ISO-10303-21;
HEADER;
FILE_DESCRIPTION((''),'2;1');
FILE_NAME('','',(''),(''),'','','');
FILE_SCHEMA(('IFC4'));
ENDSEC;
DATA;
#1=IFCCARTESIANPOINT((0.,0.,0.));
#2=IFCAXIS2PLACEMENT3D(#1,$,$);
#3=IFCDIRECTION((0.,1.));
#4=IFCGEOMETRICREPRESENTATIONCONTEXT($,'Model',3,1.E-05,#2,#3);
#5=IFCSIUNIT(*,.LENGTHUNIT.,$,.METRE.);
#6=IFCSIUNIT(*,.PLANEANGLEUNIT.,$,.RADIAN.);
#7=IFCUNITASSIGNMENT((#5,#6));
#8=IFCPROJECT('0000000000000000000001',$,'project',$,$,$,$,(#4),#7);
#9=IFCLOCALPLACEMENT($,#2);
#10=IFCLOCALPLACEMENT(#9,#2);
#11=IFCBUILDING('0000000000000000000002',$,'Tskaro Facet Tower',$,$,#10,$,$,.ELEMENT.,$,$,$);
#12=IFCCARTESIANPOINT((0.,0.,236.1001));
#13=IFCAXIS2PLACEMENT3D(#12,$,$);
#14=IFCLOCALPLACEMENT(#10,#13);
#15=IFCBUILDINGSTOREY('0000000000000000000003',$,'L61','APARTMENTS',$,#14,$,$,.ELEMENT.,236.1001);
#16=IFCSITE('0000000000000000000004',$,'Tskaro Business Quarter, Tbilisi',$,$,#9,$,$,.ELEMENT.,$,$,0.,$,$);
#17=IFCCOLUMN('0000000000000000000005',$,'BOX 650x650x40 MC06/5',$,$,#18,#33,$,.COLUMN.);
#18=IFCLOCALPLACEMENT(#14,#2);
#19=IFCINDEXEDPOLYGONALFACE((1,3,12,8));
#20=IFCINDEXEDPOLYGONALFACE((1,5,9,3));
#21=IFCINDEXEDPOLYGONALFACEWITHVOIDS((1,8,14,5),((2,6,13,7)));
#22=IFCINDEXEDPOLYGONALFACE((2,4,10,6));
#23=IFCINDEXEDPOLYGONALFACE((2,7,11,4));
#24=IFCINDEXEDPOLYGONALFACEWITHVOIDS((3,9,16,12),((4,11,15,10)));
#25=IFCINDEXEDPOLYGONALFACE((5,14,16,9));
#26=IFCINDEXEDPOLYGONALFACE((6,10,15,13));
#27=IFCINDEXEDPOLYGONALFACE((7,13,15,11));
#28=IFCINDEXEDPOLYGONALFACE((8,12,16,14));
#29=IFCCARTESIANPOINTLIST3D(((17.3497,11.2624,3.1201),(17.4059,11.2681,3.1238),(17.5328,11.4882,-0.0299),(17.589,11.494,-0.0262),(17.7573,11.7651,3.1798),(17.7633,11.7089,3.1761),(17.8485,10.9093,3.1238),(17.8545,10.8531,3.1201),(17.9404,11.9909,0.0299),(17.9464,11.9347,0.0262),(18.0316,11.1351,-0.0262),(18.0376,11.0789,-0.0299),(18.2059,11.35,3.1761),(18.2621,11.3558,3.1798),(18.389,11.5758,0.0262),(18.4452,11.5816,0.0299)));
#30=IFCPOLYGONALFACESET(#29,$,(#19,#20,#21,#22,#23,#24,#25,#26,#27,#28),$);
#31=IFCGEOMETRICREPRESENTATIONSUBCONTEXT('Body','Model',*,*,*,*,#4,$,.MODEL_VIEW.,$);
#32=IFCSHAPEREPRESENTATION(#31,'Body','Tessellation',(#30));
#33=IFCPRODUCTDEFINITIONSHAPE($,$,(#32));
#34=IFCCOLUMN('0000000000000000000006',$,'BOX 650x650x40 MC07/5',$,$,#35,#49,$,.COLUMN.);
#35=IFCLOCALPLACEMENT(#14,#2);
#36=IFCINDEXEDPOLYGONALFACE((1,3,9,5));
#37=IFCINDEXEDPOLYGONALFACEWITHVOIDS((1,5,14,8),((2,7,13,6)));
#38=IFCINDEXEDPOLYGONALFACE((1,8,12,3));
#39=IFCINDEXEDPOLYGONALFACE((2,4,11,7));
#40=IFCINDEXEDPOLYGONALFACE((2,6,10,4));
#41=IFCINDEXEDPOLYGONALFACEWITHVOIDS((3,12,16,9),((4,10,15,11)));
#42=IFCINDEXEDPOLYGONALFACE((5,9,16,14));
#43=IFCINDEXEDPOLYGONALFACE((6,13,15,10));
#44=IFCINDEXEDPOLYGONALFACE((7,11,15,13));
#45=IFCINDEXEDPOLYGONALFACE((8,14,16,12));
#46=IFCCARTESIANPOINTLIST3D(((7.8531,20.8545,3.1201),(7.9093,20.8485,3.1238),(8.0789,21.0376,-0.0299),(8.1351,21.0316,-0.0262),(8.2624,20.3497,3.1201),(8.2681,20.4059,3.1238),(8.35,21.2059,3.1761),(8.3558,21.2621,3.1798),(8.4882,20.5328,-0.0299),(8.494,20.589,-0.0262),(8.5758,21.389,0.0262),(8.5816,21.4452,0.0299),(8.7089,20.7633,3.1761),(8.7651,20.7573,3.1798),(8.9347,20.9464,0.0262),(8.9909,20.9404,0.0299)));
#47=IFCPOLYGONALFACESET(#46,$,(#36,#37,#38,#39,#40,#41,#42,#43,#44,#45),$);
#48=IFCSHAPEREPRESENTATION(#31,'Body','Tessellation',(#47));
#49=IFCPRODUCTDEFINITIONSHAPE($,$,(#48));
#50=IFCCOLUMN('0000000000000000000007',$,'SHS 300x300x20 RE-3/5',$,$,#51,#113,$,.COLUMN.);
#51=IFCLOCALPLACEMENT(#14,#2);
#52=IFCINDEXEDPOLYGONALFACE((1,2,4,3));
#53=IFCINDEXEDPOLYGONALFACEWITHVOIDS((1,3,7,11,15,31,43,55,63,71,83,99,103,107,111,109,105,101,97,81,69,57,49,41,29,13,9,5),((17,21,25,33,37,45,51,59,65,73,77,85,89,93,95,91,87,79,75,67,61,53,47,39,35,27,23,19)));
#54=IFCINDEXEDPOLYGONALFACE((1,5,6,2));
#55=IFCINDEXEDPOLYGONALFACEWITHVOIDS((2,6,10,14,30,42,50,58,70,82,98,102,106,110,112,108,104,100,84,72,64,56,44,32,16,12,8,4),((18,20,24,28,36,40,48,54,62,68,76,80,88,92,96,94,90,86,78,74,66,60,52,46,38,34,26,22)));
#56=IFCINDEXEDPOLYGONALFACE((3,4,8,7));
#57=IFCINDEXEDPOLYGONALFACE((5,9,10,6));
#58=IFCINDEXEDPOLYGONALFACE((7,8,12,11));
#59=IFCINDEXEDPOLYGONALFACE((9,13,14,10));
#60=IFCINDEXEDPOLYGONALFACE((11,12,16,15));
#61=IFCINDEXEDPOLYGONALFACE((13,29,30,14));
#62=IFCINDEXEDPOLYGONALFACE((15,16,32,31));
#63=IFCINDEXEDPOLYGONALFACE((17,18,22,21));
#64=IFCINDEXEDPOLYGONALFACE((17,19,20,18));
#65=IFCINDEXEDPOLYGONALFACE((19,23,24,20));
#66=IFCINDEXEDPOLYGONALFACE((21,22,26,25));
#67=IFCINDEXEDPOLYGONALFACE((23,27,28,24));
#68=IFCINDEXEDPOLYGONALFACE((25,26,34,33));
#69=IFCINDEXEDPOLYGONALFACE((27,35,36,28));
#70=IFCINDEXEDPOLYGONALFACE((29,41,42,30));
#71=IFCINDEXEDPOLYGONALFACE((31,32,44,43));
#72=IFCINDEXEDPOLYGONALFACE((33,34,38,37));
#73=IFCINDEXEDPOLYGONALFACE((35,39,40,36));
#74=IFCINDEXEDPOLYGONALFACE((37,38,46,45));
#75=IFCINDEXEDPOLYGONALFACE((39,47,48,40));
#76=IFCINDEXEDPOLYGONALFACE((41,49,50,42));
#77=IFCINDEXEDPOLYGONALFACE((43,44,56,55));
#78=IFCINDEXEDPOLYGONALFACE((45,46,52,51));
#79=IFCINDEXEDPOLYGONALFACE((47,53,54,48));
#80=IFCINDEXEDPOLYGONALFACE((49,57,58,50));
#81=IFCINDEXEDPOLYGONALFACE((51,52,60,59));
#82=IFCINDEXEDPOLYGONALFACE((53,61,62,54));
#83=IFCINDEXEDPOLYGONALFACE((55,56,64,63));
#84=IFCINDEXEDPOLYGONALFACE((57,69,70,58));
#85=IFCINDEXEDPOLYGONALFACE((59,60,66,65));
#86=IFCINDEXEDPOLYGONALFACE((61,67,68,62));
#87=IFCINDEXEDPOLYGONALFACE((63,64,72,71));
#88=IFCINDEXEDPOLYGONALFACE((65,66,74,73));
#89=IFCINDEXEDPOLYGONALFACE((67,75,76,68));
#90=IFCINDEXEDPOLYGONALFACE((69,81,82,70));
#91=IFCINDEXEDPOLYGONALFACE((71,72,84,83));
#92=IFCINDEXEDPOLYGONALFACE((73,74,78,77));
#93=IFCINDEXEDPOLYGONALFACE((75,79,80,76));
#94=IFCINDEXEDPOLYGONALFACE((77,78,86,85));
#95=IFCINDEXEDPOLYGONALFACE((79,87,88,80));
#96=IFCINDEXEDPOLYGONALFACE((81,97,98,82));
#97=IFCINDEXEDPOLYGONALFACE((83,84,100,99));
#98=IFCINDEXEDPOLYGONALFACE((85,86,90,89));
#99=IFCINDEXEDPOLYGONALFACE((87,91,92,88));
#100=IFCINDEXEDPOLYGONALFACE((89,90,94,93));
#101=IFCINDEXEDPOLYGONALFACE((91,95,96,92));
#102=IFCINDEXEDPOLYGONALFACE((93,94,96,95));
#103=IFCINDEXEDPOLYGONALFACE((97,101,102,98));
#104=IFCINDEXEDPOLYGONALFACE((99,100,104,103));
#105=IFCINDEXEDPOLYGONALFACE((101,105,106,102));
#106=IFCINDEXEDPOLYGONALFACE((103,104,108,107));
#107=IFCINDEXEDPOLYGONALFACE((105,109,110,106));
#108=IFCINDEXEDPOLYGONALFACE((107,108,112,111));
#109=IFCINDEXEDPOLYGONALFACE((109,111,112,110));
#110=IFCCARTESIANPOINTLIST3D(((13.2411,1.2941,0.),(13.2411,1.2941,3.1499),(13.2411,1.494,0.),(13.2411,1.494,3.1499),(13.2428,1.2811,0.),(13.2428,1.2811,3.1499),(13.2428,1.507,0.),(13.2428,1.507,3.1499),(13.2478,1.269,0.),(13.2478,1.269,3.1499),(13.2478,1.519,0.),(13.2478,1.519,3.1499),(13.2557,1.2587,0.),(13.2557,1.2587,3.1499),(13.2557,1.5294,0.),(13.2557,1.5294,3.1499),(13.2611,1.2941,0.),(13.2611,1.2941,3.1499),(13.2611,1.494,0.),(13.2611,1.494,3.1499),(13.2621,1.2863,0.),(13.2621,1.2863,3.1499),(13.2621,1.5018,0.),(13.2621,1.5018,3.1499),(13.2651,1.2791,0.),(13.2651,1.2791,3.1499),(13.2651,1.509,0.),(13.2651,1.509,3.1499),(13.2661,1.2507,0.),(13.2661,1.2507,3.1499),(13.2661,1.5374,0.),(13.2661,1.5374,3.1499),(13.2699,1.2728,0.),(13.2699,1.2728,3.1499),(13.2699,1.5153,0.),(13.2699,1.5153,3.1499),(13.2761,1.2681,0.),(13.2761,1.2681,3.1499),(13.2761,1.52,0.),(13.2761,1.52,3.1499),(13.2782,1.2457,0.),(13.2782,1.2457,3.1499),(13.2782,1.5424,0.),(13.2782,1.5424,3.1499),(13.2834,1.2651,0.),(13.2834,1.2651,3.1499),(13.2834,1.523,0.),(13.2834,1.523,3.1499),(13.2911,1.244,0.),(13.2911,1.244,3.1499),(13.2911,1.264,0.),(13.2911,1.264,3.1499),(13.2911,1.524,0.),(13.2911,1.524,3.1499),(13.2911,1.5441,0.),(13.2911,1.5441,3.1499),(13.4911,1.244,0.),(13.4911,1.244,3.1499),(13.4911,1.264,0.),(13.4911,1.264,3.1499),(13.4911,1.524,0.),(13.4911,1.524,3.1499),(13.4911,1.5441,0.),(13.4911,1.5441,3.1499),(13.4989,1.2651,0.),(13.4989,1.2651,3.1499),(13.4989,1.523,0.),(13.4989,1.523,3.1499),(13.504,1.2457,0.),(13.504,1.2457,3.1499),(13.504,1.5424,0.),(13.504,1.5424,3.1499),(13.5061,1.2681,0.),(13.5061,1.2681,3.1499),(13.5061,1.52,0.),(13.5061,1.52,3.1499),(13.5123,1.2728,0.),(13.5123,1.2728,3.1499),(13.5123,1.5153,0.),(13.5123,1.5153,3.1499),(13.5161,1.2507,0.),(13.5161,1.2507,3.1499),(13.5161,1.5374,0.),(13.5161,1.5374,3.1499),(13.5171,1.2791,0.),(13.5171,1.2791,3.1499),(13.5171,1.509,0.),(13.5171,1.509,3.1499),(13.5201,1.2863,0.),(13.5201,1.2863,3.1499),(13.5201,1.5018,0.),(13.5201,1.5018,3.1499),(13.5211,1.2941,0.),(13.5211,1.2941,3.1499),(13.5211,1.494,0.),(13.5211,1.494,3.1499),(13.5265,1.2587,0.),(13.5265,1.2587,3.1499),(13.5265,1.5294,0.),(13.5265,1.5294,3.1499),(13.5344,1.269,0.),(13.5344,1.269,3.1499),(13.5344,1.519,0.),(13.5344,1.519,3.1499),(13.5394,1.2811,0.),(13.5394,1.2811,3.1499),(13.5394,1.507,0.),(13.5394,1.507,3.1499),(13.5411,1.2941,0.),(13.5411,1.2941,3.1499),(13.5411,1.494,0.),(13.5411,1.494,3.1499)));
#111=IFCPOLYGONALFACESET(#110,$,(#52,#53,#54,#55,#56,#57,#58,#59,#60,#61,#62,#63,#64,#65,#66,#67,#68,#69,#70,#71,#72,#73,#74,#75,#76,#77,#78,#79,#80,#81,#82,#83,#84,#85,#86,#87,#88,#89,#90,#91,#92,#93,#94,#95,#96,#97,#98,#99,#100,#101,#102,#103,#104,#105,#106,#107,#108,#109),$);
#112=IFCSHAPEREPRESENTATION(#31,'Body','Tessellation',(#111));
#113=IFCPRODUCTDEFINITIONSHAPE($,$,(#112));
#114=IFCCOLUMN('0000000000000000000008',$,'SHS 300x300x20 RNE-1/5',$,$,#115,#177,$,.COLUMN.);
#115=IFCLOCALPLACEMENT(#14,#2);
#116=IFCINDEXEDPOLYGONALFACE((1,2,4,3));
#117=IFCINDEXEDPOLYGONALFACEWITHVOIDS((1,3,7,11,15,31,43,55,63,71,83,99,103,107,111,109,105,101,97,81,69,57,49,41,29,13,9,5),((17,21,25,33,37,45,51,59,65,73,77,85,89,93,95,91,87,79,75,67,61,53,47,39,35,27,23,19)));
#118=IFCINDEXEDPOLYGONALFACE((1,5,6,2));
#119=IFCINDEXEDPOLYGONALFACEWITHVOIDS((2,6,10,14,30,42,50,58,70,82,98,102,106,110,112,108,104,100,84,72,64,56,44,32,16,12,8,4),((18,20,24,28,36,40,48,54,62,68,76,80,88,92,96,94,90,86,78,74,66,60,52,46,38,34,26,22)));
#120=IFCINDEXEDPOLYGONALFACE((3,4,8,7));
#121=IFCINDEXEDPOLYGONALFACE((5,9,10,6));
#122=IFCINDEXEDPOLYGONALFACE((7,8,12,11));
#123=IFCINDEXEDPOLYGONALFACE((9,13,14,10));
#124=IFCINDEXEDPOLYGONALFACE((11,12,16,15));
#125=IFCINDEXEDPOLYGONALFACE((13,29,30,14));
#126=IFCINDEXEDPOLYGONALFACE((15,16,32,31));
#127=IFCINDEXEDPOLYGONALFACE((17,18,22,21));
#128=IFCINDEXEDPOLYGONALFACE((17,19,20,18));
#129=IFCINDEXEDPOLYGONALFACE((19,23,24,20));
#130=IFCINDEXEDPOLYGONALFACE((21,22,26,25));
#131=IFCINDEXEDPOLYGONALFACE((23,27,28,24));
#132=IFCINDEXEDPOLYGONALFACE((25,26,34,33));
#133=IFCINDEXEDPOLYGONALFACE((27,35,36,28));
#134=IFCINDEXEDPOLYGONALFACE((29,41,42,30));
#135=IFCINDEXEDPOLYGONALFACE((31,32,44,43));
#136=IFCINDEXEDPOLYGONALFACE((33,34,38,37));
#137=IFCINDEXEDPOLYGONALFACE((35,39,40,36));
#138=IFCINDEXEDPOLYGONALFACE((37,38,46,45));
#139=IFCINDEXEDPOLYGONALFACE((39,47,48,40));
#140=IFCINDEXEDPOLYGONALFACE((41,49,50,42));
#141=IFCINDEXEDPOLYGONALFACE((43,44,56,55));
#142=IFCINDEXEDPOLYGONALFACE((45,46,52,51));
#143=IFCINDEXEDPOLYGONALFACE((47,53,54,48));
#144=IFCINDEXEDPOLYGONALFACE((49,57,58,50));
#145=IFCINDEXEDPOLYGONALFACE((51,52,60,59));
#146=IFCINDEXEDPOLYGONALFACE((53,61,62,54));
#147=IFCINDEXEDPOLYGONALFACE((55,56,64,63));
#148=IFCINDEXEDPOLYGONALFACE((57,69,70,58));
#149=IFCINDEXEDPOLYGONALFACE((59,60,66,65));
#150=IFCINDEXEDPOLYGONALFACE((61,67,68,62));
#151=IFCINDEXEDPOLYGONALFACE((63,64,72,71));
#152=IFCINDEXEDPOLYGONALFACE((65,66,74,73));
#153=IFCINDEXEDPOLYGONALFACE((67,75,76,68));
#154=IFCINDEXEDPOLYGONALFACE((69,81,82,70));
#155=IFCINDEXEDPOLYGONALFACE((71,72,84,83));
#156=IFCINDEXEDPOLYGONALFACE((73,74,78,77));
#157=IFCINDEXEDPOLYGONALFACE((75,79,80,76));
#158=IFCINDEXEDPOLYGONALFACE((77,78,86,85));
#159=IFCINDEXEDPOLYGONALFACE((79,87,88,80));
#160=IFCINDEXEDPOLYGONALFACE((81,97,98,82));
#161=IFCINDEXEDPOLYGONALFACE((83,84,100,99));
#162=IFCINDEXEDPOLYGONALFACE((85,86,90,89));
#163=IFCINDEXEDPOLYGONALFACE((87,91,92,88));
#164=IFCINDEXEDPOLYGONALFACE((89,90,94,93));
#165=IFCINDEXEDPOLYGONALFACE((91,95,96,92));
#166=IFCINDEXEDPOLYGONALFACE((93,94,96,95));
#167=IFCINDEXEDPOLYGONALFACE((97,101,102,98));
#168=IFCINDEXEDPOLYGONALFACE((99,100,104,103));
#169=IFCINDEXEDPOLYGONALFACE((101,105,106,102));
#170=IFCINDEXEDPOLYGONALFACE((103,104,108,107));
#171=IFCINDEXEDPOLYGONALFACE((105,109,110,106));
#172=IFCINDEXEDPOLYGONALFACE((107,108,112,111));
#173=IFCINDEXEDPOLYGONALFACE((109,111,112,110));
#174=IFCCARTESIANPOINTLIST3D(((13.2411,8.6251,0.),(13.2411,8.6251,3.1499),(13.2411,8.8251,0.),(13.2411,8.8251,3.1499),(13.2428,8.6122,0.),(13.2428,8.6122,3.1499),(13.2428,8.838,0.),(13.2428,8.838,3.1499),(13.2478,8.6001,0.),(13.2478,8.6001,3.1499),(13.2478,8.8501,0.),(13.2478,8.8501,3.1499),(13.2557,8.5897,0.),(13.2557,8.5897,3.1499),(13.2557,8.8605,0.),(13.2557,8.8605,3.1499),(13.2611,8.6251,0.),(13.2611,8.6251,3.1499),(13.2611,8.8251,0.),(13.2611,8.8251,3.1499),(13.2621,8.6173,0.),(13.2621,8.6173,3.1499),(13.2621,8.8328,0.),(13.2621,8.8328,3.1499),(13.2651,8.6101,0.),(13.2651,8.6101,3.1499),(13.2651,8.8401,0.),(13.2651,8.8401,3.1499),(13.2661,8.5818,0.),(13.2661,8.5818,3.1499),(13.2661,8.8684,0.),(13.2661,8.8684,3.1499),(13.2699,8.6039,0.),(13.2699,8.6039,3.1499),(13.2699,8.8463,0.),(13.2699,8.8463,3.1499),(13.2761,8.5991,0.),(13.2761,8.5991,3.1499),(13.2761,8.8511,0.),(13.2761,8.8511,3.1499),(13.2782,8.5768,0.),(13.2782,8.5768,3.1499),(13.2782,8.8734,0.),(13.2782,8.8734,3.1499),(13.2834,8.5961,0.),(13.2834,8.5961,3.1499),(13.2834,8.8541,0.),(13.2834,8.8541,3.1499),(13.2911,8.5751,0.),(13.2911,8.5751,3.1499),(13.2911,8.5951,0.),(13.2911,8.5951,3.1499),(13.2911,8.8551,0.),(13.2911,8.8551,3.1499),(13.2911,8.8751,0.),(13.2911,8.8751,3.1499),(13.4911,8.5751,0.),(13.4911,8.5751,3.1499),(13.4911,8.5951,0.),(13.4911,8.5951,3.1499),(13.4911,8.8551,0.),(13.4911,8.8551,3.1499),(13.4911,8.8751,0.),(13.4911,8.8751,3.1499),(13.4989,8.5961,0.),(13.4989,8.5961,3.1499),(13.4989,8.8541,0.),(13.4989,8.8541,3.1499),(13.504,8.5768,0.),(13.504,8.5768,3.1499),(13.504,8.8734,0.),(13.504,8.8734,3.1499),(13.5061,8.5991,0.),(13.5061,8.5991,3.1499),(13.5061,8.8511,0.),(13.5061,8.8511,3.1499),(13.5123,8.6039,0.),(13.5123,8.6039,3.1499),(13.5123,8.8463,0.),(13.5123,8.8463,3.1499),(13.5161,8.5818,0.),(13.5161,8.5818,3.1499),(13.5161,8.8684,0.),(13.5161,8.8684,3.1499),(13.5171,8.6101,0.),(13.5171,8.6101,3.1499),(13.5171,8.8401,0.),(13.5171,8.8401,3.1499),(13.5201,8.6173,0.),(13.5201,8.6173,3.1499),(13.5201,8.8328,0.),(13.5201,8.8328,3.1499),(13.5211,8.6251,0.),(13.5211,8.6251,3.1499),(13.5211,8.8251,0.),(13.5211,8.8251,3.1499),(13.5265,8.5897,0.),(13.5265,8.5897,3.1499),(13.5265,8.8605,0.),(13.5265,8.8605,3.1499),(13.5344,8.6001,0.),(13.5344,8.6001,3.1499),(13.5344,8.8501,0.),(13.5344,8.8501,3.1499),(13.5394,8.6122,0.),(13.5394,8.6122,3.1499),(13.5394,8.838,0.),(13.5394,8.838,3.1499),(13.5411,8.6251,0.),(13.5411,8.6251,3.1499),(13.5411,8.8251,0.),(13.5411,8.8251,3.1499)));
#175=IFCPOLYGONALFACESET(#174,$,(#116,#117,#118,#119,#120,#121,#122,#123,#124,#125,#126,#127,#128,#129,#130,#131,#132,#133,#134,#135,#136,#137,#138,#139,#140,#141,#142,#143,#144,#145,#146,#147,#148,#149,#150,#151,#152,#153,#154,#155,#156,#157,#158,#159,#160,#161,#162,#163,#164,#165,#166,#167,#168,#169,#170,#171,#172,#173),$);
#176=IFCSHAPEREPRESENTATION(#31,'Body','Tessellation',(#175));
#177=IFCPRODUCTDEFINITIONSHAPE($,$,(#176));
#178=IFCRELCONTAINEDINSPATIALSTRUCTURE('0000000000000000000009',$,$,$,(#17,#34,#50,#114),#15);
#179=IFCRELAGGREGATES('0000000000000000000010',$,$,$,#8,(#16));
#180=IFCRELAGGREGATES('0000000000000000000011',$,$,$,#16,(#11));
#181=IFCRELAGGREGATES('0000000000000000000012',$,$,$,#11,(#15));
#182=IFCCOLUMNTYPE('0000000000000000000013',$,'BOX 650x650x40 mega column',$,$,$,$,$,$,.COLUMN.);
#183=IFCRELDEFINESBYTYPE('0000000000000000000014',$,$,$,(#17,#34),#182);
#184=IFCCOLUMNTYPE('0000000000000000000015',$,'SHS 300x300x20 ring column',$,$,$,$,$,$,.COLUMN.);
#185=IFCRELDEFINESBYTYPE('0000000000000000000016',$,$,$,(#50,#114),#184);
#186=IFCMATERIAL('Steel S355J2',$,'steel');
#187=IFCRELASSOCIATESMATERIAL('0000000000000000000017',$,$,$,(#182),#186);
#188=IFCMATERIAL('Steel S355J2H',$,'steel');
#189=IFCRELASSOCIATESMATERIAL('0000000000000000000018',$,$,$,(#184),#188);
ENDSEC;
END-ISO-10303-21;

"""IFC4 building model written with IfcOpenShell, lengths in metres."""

from ifc_helpers import new_model, si_unit, direction, frame, origin, origin_2d, place, context, subcontext, project, spatial, hollow_rectangle, extrude, material, material_profile, profile_set, type_object, element, save


model = new_model("IFC4")

# Units and contexts
model_context = context("Model", 3, precision=1e-05, world=origin(), true_north=direction((0.0, 1.0)))
body_context = subcontext(model_context, "Body", "Model", "MODEL_VIEW")
ifc_project = project(units=[si_unit("LENGTHUNIT", "METRE"), si_unit("PLANEANGLEUNIT", "RADIAN")], contexts=[model_context])

# Site, building, storey
site_placement = place(None, origin())
site = spatial("IfcSite", under=ifc_project, at=site_placement, Name="Tskaro Business Quarter, Tbilisi", CompositionType="ELEMENT", RefElevation=0.0)
building_placement = place(site_placement, origin())
building = spatial("IfcBuilding", under=site, at=building_placement, Name="Tskaro Facet Tower", CompositionType="ELEMENT")
storey_placement = place(building_placement, frame((0.0, 0.0, 236.1001)))
storey = spatial("IfcBuildingStorey", under=building, at=storey_placement, Name="L61", Description="APARTMENTS", CompositionType="ELEMENT", Elevation=236.1001)

# Columns
ifc_material_1 = material(Name="Steel S355J2", Category="steel")
ifc_material_profile_1 = material_profile(ifc_material_1, hollow_rectangle(XDim=0.6499, YDim=0.6499, WallThickness=0.04, at=origin_2d()), Name="BOX 650x650x40")
ifc_profile_set_1 = profile_set([ifc_material_profile_1], Name="Steel S355J2")
column_type_1 = type_object("IfcColumnType", Name="BOX 650x650x40 mega column", PredefinedType="COLUMN", material=ifc_profile_set_1)
for number, where, z_axis, x_axis, name in (
    (1, (17.989, 11.5349, 0.0), (-0.057884, -0.071391, 0.995767), (0.776756, -0.629802, 0.0), "BOX 650x650x40 MC06/5"),
    (2, (8.5349, 20.989, 0.0), (-0.071391, -0.057884, 0.995767), (0.629802, -0.776756, 0.0), "BOX 650x650x40 MC07/5"),
):
    element("IfcColumn", number, at=place(storey_placement, frame(where, z_axis=z_axis, x_axis=x_axis)), inside=storey, type_object=column_type_1, Name=name, PredefinedType="COLUMN", context=body_context, shape_type="SweptSolid", body=[
        extrude(hollow_rectangle(XDim=0.6499, YDim=0.6499, WallThickness=0.04, at=origin_2d()), origin(), (0.0, 0.0, 1.0), 3.1633),
    ])
ifc_material_2 = material(Name="Steel S355J2H", Category="steel")
ifc_material_profile_2 = material_profile(ifc_material_2, hollow_rectangle(XDim=0.3, YDim=0.3, WallThickness=0.02, InnerFilletRadius=0.03, OuterFilletRadius=0.05, at=origin_2d()), Name="SHS 300x300x20")
ifc_profile_set_2 = profile_set([ifc_material_profile_2], Name="Steel S355J2H")
column_type_2 = type_object("IfcColumnType", Name="SHS 300x300x20 ring column", PredefinedType="COLUMN", material=ifc_profile_set_2)
for number, where, z_axis, x_axis, name in (
    (3, (13.3911, 1.394, 0.0), (0.0, 0.0, 1.0), (1.0, 0.0, 0.0), "SHS 300x300x20 RE-3/5"),
    (4, (13.3911, 8.7251, 0.0), (0.0, 0.0, 1.0), (1.0, 0.0, 0.0), "SHS 300x300x20 RNE-1/5"),
):
    element("IfcColumn", number, at=place(storey_placement, frame(where, z_axis=z_axis, x_axis=x_axis)), inside=storey, type_object=column_type_2, Name=name, PredefinedType="COLUMN", context=body_context, shape_type="SweptSolid", body=[
        extrude(hollow_rectangle(XDim=0.3, YDim=0.3, WallThickness=0.02, InnerFilletRadius=0.03, OuterFilletRadius=0.05, at=origin_2d()), origin(), (0.0, 0.0, 1.0), 3.1499),
    ])

save(model, "model.ifc")
